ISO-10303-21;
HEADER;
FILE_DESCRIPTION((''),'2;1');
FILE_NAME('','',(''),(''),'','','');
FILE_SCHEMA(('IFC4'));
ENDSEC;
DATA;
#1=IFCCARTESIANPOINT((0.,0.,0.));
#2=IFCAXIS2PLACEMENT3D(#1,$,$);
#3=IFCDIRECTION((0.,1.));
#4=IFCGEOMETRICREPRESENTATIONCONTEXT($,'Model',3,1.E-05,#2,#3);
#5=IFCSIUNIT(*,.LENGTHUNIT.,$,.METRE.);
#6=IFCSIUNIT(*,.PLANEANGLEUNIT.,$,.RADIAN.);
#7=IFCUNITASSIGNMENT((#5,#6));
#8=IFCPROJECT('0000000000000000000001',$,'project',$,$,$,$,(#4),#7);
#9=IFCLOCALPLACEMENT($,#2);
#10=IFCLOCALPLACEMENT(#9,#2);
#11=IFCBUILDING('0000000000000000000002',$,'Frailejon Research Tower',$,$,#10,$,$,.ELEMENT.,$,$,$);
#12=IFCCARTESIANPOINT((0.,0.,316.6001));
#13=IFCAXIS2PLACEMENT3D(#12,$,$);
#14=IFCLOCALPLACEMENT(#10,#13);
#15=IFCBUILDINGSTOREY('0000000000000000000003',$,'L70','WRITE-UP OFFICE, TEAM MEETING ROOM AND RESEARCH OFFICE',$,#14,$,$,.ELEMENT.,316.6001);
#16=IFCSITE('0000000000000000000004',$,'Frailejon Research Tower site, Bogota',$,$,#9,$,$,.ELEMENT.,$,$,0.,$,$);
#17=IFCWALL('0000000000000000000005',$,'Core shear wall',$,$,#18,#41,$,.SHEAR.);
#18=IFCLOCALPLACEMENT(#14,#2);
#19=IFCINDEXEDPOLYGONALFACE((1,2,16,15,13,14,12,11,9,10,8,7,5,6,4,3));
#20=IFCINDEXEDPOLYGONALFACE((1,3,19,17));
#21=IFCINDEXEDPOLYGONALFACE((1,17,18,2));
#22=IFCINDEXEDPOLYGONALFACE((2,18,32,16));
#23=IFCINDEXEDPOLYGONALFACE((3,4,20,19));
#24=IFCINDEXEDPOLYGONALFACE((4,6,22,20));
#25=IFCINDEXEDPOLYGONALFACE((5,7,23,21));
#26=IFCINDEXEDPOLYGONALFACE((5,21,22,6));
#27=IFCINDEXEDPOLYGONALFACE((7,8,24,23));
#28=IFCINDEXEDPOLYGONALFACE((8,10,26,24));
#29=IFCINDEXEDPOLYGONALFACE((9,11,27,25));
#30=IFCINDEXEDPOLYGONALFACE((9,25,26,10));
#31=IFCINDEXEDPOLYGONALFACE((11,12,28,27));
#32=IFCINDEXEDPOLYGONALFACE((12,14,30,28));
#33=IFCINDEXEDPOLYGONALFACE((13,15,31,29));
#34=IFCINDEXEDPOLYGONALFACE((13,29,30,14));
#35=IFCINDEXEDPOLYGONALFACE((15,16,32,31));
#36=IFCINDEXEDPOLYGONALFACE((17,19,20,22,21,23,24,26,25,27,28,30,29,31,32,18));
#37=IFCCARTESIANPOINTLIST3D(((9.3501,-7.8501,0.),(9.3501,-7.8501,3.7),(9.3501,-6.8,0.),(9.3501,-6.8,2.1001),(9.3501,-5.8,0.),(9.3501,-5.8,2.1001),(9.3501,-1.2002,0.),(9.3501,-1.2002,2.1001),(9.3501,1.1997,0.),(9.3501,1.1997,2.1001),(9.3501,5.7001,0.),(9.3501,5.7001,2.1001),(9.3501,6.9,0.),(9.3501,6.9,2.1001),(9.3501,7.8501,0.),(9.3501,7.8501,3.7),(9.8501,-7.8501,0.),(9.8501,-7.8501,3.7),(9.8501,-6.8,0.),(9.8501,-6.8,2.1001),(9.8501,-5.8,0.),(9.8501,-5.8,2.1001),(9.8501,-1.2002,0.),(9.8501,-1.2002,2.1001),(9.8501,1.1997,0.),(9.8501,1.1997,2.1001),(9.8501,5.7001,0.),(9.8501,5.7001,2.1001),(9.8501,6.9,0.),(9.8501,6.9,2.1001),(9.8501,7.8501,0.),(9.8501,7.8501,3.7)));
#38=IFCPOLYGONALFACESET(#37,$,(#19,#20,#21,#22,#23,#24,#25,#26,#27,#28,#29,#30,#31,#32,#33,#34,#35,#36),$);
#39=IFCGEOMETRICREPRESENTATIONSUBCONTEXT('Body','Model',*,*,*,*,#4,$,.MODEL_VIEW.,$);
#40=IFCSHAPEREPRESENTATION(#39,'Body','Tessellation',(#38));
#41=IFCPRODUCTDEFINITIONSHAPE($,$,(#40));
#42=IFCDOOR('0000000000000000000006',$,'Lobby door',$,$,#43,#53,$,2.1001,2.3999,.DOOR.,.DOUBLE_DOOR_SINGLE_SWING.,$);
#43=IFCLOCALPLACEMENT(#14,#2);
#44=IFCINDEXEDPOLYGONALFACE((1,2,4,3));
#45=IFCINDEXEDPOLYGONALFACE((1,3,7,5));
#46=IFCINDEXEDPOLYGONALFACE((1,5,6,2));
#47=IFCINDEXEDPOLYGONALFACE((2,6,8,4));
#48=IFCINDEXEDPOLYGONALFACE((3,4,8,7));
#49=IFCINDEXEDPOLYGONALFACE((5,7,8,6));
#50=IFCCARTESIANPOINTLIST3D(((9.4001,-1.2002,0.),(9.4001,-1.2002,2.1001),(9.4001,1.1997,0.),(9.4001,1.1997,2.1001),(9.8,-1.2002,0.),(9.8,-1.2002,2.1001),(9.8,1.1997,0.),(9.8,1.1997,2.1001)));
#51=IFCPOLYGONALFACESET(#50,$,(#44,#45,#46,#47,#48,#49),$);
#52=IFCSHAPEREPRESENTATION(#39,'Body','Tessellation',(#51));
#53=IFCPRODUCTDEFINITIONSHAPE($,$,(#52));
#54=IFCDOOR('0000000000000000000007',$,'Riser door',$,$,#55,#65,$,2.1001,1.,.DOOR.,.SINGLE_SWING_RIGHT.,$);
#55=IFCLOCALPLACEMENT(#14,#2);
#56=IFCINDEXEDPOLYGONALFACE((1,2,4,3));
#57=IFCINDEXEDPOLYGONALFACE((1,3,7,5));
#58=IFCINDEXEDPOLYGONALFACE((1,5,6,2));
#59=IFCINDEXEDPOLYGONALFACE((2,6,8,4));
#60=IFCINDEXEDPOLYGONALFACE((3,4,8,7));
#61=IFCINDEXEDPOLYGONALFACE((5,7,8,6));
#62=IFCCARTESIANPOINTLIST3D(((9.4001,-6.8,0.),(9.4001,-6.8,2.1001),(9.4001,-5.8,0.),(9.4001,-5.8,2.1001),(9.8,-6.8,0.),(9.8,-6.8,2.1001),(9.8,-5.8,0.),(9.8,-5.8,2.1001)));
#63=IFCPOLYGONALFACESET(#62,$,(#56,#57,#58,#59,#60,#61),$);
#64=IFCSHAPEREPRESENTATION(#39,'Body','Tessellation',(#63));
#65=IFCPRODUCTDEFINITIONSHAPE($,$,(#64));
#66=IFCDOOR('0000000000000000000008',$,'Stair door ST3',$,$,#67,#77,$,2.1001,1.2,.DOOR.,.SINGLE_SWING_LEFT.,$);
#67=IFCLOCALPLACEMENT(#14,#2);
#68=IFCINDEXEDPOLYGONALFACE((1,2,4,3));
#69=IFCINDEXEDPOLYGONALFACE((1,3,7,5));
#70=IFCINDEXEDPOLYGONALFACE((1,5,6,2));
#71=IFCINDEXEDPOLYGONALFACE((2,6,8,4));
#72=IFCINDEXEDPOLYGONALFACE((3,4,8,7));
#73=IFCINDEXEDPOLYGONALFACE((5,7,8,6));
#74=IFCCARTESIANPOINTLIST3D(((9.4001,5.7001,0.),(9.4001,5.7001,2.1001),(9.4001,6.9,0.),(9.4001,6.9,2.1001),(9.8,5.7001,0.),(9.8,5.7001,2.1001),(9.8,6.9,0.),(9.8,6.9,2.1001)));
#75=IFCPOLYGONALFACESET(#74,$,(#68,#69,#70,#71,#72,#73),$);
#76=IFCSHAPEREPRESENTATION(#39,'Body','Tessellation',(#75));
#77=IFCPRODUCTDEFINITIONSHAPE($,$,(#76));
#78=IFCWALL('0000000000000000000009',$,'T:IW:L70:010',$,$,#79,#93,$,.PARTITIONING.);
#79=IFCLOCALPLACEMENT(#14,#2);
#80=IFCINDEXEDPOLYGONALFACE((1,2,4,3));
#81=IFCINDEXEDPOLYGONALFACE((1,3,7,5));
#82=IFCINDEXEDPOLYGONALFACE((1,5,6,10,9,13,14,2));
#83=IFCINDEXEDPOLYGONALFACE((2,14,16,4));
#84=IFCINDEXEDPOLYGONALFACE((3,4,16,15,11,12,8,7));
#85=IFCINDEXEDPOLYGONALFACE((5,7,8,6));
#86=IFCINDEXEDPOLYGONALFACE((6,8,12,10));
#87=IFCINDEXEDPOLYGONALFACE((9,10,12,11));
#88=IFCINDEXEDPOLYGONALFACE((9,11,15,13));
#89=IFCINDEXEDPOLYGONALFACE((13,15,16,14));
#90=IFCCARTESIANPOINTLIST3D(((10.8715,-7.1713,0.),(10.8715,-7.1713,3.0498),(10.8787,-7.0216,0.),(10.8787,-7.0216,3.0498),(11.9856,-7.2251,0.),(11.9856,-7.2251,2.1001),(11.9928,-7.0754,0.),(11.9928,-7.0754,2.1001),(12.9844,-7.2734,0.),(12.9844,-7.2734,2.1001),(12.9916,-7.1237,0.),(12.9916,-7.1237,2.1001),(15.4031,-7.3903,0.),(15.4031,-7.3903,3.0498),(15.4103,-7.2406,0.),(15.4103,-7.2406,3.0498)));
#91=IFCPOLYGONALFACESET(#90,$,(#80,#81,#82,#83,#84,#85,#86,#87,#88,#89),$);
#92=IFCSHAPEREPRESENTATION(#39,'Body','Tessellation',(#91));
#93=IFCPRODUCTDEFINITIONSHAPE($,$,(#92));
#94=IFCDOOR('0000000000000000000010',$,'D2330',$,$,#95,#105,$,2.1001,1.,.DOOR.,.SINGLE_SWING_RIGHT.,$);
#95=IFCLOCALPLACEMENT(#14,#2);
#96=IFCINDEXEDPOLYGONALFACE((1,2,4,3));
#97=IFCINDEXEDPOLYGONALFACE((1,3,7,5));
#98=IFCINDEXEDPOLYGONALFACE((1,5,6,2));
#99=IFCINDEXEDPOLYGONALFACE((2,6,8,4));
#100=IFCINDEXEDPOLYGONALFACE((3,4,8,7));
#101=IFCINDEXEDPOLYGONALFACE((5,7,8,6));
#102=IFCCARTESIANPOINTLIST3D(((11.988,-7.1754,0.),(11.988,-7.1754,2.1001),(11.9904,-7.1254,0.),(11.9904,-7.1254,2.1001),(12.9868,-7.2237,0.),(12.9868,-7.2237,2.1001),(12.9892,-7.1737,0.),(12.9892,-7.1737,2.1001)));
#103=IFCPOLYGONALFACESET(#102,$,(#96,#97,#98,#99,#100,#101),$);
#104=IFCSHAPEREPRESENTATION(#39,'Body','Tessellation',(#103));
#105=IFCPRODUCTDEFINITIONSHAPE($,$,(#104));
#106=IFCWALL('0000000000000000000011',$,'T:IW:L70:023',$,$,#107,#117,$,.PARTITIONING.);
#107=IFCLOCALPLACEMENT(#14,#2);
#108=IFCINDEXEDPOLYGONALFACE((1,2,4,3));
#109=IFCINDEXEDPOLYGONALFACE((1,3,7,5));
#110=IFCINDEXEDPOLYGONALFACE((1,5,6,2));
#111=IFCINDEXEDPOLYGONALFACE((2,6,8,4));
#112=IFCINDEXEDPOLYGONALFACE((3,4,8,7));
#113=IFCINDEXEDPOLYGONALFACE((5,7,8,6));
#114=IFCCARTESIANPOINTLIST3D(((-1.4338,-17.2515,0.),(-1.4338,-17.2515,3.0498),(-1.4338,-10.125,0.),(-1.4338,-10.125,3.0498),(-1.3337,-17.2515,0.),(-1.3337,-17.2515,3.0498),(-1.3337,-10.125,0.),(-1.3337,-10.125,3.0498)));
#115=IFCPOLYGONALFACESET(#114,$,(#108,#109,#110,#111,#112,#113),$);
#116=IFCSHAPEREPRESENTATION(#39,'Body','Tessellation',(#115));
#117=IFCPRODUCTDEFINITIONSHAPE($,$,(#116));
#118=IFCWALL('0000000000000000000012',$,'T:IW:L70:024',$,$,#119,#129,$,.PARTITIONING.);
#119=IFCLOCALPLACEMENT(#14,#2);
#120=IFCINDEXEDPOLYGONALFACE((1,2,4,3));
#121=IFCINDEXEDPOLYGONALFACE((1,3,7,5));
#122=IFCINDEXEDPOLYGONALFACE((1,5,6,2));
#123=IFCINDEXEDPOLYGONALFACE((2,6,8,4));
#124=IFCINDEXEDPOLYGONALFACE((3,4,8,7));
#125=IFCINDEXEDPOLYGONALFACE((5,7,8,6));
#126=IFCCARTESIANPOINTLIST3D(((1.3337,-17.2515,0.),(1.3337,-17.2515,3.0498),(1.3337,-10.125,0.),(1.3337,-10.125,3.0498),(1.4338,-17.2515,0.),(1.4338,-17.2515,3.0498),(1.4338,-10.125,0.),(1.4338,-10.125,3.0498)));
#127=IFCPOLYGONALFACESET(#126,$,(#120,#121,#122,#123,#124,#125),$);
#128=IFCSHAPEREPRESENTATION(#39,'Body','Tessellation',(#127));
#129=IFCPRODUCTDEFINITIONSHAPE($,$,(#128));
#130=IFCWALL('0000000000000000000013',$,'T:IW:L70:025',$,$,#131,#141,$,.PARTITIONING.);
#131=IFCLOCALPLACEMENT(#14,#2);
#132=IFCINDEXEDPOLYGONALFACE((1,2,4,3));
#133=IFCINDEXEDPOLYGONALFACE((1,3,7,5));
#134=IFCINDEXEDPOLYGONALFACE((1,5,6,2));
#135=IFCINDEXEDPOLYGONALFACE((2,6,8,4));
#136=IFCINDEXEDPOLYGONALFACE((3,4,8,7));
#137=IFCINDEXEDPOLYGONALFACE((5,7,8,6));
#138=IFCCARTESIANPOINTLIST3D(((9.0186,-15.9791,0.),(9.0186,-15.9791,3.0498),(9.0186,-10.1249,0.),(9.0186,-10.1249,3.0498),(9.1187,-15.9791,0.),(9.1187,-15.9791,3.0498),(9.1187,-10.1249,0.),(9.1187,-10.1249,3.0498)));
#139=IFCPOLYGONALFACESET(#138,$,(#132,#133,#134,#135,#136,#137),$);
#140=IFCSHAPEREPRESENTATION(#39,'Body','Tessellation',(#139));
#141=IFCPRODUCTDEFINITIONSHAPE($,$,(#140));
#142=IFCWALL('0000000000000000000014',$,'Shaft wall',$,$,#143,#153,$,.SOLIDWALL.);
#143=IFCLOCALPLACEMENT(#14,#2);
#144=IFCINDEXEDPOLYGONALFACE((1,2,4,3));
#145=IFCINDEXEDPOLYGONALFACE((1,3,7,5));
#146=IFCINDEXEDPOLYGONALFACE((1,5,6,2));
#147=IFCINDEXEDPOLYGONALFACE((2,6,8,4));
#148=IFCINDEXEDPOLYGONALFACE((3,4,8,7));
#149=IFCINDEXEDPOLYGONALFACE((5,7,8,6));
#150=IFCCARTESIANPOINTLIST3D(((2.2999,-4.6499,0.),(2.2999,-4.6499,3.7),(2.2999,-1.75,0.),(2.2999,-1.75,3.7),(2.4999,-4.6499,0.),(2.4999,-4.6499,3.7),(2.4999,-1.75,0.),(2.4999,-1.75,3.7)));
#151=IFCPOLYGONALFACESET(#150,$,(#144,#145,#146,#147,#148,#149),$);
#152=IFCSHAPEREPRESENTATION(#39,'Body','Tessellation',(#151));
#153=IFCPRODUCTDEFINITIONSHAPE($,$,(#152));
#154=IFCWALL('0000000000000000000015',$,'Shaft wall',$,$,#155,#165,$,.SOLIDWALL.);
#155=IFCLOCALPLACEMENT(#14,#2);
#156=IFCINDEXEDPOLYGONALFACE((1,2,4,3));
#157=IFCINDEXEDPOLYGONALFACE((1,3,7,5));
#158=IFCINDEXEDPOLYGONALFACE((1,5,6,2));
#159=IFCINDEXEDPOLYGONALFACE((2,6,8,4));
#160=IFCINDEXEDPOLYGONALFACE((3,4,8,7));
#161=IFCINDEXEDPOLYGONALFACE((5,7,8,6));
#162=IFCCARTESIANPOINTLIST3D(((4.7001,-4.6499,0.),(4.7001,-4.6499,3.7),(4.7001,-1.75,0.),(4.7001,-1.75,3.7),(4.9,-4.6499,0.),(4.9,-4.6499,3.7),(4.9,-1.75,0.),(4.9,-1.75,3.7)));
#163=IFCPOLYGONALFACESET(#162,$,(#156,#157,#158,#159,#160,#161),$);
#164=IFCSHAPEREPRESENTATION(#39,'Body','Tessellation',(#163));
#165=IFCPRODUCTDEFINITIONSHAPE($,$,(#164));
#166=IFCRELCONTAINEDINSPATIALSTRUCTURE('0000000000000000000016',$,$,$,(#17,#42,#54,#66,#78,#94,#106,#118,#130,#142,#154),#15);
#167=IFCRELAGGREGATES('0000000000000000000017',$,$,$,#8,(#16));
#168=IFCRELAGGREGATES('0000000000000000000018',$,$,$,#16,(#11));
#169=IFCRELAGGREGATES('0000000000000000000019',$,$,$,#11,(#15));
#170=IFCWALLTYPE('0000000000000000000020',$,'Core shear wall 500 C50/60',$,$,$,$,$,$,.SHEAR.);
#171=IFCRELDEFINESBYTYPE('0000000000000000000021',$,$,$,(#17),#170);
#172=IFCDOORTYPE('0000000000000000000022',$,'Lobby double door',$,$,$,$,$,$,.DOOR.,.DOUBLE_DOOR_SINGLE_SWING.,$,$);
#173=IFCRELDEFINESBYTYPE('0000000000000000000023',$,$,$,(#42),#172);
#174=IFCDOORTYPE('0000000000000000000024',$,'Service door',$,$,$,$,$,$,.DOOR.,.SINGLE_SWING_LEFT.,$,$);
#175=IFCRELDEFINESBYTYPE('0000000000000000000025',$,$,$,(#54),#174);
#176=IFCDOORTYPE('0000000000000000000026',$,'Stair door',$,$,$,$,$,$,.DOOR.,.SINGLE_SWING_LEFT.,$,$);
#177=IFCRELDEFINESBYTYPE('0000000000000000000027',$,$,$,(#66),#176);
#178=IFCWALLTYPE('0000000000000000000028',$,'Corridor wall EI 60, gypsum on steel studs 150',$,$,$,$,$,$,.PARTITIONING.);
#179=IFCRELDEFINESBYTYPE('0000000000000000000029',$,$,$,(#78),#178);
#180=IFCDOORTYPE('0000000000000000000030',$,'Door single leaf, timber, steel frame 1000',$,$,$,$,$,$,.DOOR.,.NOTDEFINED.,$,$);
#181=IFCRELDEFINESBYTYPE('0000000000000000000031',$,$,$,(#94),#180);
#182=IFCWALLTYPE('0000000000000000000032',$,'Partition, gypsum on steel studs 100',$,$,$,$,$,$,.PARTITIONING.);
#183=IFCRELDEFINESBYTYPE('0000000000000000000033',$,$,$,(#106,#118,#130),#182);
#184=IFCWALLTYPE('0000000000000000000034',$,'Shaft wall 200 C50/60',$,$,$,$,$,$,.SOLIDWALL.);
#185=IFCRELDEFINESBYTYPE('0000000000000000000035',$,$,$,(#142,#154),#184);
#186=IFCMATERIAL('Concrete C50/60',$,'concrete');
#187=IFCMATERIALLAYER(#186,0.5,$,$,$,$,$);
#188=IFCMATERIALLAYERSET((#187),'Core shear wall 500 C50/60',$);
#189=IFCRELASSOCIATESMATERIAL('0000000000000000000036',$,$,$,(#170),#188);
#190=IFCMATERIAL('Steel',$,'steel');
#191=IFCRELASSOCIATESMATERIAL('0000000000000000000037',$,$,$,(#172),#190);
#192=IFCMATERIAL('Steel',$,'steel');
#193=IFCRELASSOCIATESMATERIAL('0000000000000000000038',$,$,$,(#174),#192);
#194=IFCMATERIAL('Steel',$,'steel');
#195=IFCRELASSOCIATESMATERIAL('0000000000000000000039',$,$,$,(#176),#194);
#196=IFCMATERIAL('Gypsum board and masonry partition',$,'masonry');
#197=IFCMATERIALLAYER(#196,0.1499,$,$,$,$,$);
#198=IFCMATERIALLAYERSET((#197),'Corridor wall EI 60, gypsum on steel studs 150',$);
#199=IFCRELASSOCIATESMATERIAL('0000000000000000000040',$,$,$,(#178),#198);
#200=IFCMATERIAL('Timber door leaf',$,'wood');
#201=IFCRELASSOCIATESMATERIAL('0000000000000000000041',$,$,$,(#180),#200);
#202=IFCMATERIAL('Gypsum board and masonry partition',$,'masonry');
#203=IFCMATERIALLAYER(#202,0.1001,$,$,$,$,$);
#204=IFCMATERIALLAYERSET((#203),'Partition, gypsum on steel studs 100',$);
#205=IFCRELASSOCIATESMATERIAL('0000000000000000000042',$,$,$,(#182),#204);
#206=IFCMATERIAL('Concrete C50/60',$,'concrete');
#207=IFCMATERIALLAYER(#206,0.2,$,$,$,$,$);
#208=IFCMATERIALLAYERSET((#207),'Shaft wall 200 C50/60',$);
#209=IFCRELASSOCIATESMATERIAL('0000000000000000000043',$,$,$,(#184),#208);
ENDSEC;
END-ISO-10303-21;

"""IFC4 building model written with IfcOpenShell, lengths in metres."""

from ifc_helpers import new_model, si_unit, direction, frame, frame_2d, origin, place, context, subcontext, project, spatial, rectangle, extrude, material, layer, layer_set, type_object, element, fill, save


model = new_model("IFC4")

# Units and contexts
model_context = context("Model", 3, precision=1e-05, world=origin(), true_north=direction((0.0, 1.0)))
body_context = subcontext(model_context, "Body", "Model", "MODEL_VIEW")
ifc_project = project(units=[si_unit("LENGTHUNIT", "METRE"), si_unit("PLANEANGLEUNIT", "RADIAN")], contexts=[model_context])

# Site, building, storey
site_placement = place(None, origin())
site = spatial("IfcSite", under=ifc_project, at=site_placement, Name="Frailejon Research Tower site, Bogota", CompositionType="ELEMENT", RefElevation=0.0)
building_placement = place(site_placement, origin())
building = spatial("IfcBuilding", under=site, at=building_placement, Name="Frailejon Research Tower", CompositionType="ELEMENT")
storey_placement = place(building_placement, frame((0.0, 0.0, 316.6001)))
storey = spatial("IfcBuildingStorey", under=building, at=storey_placement, Name="L70", Description="WRITE-UP OFFICE, TEAM MEETING ROOM AND RESEARCH OFFICE", CompositionType="ELEMENT", Elevation=316.6001)

# Wall, openings, doors
ifc_material_1 = material(Name="Concrete C50/60", Category="concrete")
ifc_layer_1 = layer(ifc_material_1, 0.5)
ifc_layer_set_1 = layer_set([ifc_layer_1], Name="Core shear wall 500 C50/60")
wall_type_1 = type_object("IfcWallType", Name="Core shear wall 500 C50/60", PredefinedType="SHEAR", material=ifc_layer_set_1)
wall_1_placement = place(storey_placement, frame((9.6001, -7.8501, 0.0), z_axis=(0.0, 0.0, 1.0), x_axis=(0.0, 1.0, 0.0)))
wall_1 = element("IfcWall", 1, at=wall_1_placement, inside=storey, type_object=wall_type_1, Name="Core shear wall", PredefinedType="SHEAR", context=body_context, shape_type="SweptSolid", body=[
    extrude(rectangle(XDim=15.7002, YDim=0.5, at=frame_2d((7.8501, 0.0))), origin(), (0.0, 0.0, 1.0), 3.7),
])
opening_1_placement = place(wall_1_placement, frame((6.6499, 0.0, 0.0)))
opening_1 = element("IfcOpeningElement", 2, at=opening_1_placement, cuts=wall_1, PredefinedType="OPENING", context=body_context, shape_type="SweptSolid", body=[
    extrude(rectangle(XDim=2.3999, YDim=2.1001, at=frame_2d((1.2, 1.05))), frame((0.0, 0.26, 0.0), z_axis=(0.0, -1.0, 0.0), x_axis=(1.0, 0.0, 0.0)), (0.0, 0.0, 1.0), 0.52),
])
opening_2_placement = place(wall_1_placement, frame((13.55, 0.0, 0.0)))
opening_2 = element("IfcOpeningElement", 3, at=opening_2_placement, cuts=wall_1, PredefinedType="OPENING", context=body_context, shape_type="SweptSolid", body=[
    extrude(rectangle(XDim=1.2, YDim=2.1001, at=frame_2d((0.6001, 1.05))), frame((0.0, 0.26, 0.0), z_axis=(0.0, -1.0, 0.0), x_axis=(1.0, 0.0, 0.0)), (0.0, 0.0, 1.0), 0.52),
])
opening_3_placement = place(wall_1_placement, frame((1.05, 0.0, 0.0)))
opening_3 = element("IfcOpeningElement", 4, at=opening_3_placement, cuts=wall_1, PredefinedType="OPENING", context=body_context, shape_type="SweptSolid", body=[
    extrude(rectangle(XDim=1.0, YDim=2.1001, at=frame_2d((0.5, 1.05))), frame((0.0, 0.26, 0.0), z_axis=(0.0, -1.0, 0.0), x_axis=(1.0, 0.0, 0.0)), (0.0, 0.0, 1.0), 0.52),
])
ifc_material_2 = material(Name="Steel", Category="steel")
door_type_1 = type_object("IfcDoorType", Name="Lobby double door", OperationType="DOUBLE_DOOR_SINGLE_SWING", PredefinedType="DOOR", material=ifc_material_2)
door_1_placement = place(opening_1_placement, origin())
door_1 = element("IfcDoor", 5, at=door_1_placement, inside=storey, type_object=door_type_1, Name="Lobby door", OperationType="DOUBLE_DOOR_SINGLE_SWING", OverallHeight=2.1001, OverallWidth=2.3999, PredefinedType="DOOR", context=body_context, shape_type="SweptSolid", body=[
    extrude(rectangle(XDim=2.3999, YDim=2.1001, at=frame_2d((1.2, 1.05))), frame((0.0, 0.2, 0.0), z_axis=(0.0, -1.0, 0.0), x_axis=(1.0, 0.0, 0.0)), (0.0, 0.0, 1.0), 0.3999),
])
fill(opening_1, door_1)
ifc_material_3 = material(Name="Steel", Category="steel")
door_type_2 = type_object("IfcDoorType", Name="Service door", OperationType="SINGLE_SWING_LEFT", PredefinedType="DOOR", material=ifc_material_3)
door_2_placement = place(opening_3_placement, origin())
door_2 = element("IfcDoor", 6, at=door_2_placement, inside=storey, type_object=door_type_2, Name="Riser door", OperationType="SINGLE_SWING_RIGHT", OverallHeight=2.1001, OverallWidth=1.0, PredefinedType="DOOR", context=body_context, shape_type="SweptSolid", body=[
    extrude(rectangle(XDim=1.0, YDim=2.1001, at=frame_2d((0.5, 1.05))), frame((0.0, 0.2, 0.0), z_axis=(0.0, -1.0, 0.0), x_axis=(1.0, 0.0, 0.0)), (0.0, 0.0, 1.0), 0.3999),
])
fill(opening_3, door_2)
ifc_material_4 = material(Name="Steel", Category="steel")
door_type_3 = type_object("IfcDoorType", Name="Stair door", OperationType="SINGLE_SWING_LEFT", PredefinedType="DOOR", material=ifc_material_4)
door_3_placement = place(opening_2_placement, origin())
door_3 = element("IfcDoor", 7, at=door_3_placement, inside=storey, type_object=door_type_3, Name="Stair door ST3", OperationType="SINGLE_SWING_LEFT", OverallHeight=2.1001, OverallWidth=1.2, PredefinedType="DOOR", context=body_context, shape_type="SweptSolid", body=[
    extrude(rectangle(XDim=1.2, YDim=2.1001, at=frame_2d((0.6001, 1.05))), frame((0.0, 0.2, 0.0), z_axis=(0.0, -1.0, 0.0), x_axis=(1.0, 0.0, 0.0)), (0.0, 0.0, 1.0), 0.3999),
])
fill(opening_2, door_3)

# Wall, opening, door
ifc_material_5 = material(Name="Gypsum board and masonry partition", Category="masonry")
ifc_layer_2 = layer(ifc_material_5, 0.1499)
ifc_layer_set_2 = layer_set([ifc_layer_2], Name="Corridor wall EI 60, gypsum on steel studs 150")
wall_type_2 = type_object("IfcWallType", Name="Corridor wall EI 60, gypsum on steel studs 150", PredefinedType="PARTITIONING", material=ifc_layer_set_2)
wall_2_placement = place(storey_placement, frame((10.875, -7.0964, 0.0), z_axis=(0.0, 0.0, 1.0), x_axis=(0.998834, -0.048271, 0.0)))
wall_2 = element("IfcWall", 8, at=wall_2_placement, inside=storey, type_object=wall_type_2, Name="T:IW:L70:010", PredefinedType="PARTITIONING", context=body_context, shape_type="SweptSolid", body=[
    extrude(rectangle(XDim=4.5369, YDim=0.1499, at=frame_2d((2.2686, 0.0))), origin(), (0.0, 0.0, 1.0), 3.0498),
])
opening_4_placement = place(wall_2_placement, frame((1.1155, 0.0, 0.0)))
opening_4 = element("IfcOpeningElement", 9, at=opening_4_placement, cuts=wall_2, PredefinedType="OPENING", context=body_context, shape_type="SweptSolid", body=[
    extrude(rectangle(XDim=1.0, YDim=2.1001, at=frame_2d((0.5, 1.05))), frame((0.0, 0.085, 0.0), z_axis=(0.0, -1.0, 0.0), x_axis=(1.0, 0.0, 0.0)), (0.0, 0.0, 1.0), 0.1699),
])
ifc_material_6 = material(Name="Timber door leaf", Category="wood")
door_type_4 = type_object("IfcDoorType", Name="Door single leaf, timber, steel frame 1000", OperationType="NOTDEFINED", PredefinedType="DOOR", material=ifc_material_6)
door_4_placement = place(opening_4_placement, origin())
door_4 = element("IfcDoor", 10, at=door_4_placement, inside=storey, type_object=door_type_4, Name="D2330", OperationType="SINGLE_SWING_RIGHT", OverallHeight=2.1001, OverallWidth=1.0, PredefinedType="DOOR", context=body_context, shape_type="SweptSolid", body=[
    extrude(rectangle(XDim=1.0, YDim=2.1001, at=frame_2d((0.5, 1.05))), frame((0.0, 0.0249, 0.0), z_axis=(0.0, -1.0, 0.0), x_axis=(1.0, 0.0, 0.0)), (0.0, 0.0, 1.0), 0.05),
])
fill(opening_4, door_4)

# Walls
ifc_material_7 = material(Name="Gypsum board and masonry partition", Category="masonry")
ifc_layer_3 = layer(ifc_material_7, 0.1001)
ifc_layer_set_3 = layer_set([ifc_layer_3], Name="Partition, gypsum on steel studs 100")
wall_type_3 = type_object("IfcWallType", Name="Partition, gypsum on steel studs 100", PredefinedType="PARTITIONING", material=ifc_layer_set_3)
for number, where, z_axis, x_axis, name in (
    (11, (-1.3838, -17.2515, 0.0), (0.0, 0.0, 1.0), (0.0, 1.0, 0.0), "T:IW:L70:023"),
    (12, (1.3838, -17.2515, 0.0), (0.0, 0.0, 1.0), (0.0, 1.0, 0.0), "T:IW:L70:024"),
):
    element("IfcWall", number, at=place(storey_placement, frame(where, z_axis=z_axis, x_axis=x_axis)), inside=storey, type_object=wall_type_3, Name=name, PredefinedType="PARTITIONING", context=body_context, shape_type="SweptSolid", body=[
        extrude(rectangle(XDim=7.1265, YDim=0.1001, at=frame_2d((3.5632, 0.0))), origin(), (0.0, 0.0, 1.0), 3.0498),
    ])
wall_3_placement = place(storey_placement, frame((9.0686, -15.9792, 0.0), z_axis=(0.0, 0.0, 1.0), x_axis=(0.0, 1.0, 0.0)))
element("IfcWall", 13, at=wall_3_placement, inside=storey, type_object=wall_type_3, Name="T:IW:L70:025", PredefinedType="PARTITIONING", context=body_context, shape_type="SweptSolid", body=[
    extrude(rectangle(XDim=5.8542, YDim=0.1001, at=frame_2d((2.9272, 0.0))), origin(), (0.0, 0.0, 1.0), 3.0498),
])
ifc_material_8 = material(Name="Concrete C50/60", Category="concrete")
ifc_layer_4 = layer(ifc_material_8, 0.2)
ifc_layer_set_4 = layer_set([ifc_layer_4], Name="Shaft wall 200 C50/60")
wall_type_4 = type_object("IfcWallType", Name="Shaft wall 200 C50/60", PredefinedType="SOLIDWALL", material=ifc_layer_set_4)
for number, where, z_axis, x_axis, name in (
    (14, (2.3999, -4.6499, 0.0), (0.0, 0.0, 1.0), (0.0, 1.0, 0.0), "Shaft wall"),
    (15, (4.8, -4.6499, 0.0), (0.0, 0.0, 1.0), (0.0, 1.0, 0.0), "Shaft wall"),
):
    element("IfcWall", number, at=place(storey_placement, frame(where, z_axis=z_axis, x_axis=x_axis)), inside=storey, type_object=wall_type_4, Name=name, PredefinedType="SOLIDWALL", context=body_context, shape_type="SweptSolid", body=[
        extrude(rectangle(XDim=2.8999, YDim=0.2, at=frame_2d((1.45, 0.0))), origin(), (0.0, 0.0, 1.0), 3.7),
    ])

save(model, "model.ifc")
